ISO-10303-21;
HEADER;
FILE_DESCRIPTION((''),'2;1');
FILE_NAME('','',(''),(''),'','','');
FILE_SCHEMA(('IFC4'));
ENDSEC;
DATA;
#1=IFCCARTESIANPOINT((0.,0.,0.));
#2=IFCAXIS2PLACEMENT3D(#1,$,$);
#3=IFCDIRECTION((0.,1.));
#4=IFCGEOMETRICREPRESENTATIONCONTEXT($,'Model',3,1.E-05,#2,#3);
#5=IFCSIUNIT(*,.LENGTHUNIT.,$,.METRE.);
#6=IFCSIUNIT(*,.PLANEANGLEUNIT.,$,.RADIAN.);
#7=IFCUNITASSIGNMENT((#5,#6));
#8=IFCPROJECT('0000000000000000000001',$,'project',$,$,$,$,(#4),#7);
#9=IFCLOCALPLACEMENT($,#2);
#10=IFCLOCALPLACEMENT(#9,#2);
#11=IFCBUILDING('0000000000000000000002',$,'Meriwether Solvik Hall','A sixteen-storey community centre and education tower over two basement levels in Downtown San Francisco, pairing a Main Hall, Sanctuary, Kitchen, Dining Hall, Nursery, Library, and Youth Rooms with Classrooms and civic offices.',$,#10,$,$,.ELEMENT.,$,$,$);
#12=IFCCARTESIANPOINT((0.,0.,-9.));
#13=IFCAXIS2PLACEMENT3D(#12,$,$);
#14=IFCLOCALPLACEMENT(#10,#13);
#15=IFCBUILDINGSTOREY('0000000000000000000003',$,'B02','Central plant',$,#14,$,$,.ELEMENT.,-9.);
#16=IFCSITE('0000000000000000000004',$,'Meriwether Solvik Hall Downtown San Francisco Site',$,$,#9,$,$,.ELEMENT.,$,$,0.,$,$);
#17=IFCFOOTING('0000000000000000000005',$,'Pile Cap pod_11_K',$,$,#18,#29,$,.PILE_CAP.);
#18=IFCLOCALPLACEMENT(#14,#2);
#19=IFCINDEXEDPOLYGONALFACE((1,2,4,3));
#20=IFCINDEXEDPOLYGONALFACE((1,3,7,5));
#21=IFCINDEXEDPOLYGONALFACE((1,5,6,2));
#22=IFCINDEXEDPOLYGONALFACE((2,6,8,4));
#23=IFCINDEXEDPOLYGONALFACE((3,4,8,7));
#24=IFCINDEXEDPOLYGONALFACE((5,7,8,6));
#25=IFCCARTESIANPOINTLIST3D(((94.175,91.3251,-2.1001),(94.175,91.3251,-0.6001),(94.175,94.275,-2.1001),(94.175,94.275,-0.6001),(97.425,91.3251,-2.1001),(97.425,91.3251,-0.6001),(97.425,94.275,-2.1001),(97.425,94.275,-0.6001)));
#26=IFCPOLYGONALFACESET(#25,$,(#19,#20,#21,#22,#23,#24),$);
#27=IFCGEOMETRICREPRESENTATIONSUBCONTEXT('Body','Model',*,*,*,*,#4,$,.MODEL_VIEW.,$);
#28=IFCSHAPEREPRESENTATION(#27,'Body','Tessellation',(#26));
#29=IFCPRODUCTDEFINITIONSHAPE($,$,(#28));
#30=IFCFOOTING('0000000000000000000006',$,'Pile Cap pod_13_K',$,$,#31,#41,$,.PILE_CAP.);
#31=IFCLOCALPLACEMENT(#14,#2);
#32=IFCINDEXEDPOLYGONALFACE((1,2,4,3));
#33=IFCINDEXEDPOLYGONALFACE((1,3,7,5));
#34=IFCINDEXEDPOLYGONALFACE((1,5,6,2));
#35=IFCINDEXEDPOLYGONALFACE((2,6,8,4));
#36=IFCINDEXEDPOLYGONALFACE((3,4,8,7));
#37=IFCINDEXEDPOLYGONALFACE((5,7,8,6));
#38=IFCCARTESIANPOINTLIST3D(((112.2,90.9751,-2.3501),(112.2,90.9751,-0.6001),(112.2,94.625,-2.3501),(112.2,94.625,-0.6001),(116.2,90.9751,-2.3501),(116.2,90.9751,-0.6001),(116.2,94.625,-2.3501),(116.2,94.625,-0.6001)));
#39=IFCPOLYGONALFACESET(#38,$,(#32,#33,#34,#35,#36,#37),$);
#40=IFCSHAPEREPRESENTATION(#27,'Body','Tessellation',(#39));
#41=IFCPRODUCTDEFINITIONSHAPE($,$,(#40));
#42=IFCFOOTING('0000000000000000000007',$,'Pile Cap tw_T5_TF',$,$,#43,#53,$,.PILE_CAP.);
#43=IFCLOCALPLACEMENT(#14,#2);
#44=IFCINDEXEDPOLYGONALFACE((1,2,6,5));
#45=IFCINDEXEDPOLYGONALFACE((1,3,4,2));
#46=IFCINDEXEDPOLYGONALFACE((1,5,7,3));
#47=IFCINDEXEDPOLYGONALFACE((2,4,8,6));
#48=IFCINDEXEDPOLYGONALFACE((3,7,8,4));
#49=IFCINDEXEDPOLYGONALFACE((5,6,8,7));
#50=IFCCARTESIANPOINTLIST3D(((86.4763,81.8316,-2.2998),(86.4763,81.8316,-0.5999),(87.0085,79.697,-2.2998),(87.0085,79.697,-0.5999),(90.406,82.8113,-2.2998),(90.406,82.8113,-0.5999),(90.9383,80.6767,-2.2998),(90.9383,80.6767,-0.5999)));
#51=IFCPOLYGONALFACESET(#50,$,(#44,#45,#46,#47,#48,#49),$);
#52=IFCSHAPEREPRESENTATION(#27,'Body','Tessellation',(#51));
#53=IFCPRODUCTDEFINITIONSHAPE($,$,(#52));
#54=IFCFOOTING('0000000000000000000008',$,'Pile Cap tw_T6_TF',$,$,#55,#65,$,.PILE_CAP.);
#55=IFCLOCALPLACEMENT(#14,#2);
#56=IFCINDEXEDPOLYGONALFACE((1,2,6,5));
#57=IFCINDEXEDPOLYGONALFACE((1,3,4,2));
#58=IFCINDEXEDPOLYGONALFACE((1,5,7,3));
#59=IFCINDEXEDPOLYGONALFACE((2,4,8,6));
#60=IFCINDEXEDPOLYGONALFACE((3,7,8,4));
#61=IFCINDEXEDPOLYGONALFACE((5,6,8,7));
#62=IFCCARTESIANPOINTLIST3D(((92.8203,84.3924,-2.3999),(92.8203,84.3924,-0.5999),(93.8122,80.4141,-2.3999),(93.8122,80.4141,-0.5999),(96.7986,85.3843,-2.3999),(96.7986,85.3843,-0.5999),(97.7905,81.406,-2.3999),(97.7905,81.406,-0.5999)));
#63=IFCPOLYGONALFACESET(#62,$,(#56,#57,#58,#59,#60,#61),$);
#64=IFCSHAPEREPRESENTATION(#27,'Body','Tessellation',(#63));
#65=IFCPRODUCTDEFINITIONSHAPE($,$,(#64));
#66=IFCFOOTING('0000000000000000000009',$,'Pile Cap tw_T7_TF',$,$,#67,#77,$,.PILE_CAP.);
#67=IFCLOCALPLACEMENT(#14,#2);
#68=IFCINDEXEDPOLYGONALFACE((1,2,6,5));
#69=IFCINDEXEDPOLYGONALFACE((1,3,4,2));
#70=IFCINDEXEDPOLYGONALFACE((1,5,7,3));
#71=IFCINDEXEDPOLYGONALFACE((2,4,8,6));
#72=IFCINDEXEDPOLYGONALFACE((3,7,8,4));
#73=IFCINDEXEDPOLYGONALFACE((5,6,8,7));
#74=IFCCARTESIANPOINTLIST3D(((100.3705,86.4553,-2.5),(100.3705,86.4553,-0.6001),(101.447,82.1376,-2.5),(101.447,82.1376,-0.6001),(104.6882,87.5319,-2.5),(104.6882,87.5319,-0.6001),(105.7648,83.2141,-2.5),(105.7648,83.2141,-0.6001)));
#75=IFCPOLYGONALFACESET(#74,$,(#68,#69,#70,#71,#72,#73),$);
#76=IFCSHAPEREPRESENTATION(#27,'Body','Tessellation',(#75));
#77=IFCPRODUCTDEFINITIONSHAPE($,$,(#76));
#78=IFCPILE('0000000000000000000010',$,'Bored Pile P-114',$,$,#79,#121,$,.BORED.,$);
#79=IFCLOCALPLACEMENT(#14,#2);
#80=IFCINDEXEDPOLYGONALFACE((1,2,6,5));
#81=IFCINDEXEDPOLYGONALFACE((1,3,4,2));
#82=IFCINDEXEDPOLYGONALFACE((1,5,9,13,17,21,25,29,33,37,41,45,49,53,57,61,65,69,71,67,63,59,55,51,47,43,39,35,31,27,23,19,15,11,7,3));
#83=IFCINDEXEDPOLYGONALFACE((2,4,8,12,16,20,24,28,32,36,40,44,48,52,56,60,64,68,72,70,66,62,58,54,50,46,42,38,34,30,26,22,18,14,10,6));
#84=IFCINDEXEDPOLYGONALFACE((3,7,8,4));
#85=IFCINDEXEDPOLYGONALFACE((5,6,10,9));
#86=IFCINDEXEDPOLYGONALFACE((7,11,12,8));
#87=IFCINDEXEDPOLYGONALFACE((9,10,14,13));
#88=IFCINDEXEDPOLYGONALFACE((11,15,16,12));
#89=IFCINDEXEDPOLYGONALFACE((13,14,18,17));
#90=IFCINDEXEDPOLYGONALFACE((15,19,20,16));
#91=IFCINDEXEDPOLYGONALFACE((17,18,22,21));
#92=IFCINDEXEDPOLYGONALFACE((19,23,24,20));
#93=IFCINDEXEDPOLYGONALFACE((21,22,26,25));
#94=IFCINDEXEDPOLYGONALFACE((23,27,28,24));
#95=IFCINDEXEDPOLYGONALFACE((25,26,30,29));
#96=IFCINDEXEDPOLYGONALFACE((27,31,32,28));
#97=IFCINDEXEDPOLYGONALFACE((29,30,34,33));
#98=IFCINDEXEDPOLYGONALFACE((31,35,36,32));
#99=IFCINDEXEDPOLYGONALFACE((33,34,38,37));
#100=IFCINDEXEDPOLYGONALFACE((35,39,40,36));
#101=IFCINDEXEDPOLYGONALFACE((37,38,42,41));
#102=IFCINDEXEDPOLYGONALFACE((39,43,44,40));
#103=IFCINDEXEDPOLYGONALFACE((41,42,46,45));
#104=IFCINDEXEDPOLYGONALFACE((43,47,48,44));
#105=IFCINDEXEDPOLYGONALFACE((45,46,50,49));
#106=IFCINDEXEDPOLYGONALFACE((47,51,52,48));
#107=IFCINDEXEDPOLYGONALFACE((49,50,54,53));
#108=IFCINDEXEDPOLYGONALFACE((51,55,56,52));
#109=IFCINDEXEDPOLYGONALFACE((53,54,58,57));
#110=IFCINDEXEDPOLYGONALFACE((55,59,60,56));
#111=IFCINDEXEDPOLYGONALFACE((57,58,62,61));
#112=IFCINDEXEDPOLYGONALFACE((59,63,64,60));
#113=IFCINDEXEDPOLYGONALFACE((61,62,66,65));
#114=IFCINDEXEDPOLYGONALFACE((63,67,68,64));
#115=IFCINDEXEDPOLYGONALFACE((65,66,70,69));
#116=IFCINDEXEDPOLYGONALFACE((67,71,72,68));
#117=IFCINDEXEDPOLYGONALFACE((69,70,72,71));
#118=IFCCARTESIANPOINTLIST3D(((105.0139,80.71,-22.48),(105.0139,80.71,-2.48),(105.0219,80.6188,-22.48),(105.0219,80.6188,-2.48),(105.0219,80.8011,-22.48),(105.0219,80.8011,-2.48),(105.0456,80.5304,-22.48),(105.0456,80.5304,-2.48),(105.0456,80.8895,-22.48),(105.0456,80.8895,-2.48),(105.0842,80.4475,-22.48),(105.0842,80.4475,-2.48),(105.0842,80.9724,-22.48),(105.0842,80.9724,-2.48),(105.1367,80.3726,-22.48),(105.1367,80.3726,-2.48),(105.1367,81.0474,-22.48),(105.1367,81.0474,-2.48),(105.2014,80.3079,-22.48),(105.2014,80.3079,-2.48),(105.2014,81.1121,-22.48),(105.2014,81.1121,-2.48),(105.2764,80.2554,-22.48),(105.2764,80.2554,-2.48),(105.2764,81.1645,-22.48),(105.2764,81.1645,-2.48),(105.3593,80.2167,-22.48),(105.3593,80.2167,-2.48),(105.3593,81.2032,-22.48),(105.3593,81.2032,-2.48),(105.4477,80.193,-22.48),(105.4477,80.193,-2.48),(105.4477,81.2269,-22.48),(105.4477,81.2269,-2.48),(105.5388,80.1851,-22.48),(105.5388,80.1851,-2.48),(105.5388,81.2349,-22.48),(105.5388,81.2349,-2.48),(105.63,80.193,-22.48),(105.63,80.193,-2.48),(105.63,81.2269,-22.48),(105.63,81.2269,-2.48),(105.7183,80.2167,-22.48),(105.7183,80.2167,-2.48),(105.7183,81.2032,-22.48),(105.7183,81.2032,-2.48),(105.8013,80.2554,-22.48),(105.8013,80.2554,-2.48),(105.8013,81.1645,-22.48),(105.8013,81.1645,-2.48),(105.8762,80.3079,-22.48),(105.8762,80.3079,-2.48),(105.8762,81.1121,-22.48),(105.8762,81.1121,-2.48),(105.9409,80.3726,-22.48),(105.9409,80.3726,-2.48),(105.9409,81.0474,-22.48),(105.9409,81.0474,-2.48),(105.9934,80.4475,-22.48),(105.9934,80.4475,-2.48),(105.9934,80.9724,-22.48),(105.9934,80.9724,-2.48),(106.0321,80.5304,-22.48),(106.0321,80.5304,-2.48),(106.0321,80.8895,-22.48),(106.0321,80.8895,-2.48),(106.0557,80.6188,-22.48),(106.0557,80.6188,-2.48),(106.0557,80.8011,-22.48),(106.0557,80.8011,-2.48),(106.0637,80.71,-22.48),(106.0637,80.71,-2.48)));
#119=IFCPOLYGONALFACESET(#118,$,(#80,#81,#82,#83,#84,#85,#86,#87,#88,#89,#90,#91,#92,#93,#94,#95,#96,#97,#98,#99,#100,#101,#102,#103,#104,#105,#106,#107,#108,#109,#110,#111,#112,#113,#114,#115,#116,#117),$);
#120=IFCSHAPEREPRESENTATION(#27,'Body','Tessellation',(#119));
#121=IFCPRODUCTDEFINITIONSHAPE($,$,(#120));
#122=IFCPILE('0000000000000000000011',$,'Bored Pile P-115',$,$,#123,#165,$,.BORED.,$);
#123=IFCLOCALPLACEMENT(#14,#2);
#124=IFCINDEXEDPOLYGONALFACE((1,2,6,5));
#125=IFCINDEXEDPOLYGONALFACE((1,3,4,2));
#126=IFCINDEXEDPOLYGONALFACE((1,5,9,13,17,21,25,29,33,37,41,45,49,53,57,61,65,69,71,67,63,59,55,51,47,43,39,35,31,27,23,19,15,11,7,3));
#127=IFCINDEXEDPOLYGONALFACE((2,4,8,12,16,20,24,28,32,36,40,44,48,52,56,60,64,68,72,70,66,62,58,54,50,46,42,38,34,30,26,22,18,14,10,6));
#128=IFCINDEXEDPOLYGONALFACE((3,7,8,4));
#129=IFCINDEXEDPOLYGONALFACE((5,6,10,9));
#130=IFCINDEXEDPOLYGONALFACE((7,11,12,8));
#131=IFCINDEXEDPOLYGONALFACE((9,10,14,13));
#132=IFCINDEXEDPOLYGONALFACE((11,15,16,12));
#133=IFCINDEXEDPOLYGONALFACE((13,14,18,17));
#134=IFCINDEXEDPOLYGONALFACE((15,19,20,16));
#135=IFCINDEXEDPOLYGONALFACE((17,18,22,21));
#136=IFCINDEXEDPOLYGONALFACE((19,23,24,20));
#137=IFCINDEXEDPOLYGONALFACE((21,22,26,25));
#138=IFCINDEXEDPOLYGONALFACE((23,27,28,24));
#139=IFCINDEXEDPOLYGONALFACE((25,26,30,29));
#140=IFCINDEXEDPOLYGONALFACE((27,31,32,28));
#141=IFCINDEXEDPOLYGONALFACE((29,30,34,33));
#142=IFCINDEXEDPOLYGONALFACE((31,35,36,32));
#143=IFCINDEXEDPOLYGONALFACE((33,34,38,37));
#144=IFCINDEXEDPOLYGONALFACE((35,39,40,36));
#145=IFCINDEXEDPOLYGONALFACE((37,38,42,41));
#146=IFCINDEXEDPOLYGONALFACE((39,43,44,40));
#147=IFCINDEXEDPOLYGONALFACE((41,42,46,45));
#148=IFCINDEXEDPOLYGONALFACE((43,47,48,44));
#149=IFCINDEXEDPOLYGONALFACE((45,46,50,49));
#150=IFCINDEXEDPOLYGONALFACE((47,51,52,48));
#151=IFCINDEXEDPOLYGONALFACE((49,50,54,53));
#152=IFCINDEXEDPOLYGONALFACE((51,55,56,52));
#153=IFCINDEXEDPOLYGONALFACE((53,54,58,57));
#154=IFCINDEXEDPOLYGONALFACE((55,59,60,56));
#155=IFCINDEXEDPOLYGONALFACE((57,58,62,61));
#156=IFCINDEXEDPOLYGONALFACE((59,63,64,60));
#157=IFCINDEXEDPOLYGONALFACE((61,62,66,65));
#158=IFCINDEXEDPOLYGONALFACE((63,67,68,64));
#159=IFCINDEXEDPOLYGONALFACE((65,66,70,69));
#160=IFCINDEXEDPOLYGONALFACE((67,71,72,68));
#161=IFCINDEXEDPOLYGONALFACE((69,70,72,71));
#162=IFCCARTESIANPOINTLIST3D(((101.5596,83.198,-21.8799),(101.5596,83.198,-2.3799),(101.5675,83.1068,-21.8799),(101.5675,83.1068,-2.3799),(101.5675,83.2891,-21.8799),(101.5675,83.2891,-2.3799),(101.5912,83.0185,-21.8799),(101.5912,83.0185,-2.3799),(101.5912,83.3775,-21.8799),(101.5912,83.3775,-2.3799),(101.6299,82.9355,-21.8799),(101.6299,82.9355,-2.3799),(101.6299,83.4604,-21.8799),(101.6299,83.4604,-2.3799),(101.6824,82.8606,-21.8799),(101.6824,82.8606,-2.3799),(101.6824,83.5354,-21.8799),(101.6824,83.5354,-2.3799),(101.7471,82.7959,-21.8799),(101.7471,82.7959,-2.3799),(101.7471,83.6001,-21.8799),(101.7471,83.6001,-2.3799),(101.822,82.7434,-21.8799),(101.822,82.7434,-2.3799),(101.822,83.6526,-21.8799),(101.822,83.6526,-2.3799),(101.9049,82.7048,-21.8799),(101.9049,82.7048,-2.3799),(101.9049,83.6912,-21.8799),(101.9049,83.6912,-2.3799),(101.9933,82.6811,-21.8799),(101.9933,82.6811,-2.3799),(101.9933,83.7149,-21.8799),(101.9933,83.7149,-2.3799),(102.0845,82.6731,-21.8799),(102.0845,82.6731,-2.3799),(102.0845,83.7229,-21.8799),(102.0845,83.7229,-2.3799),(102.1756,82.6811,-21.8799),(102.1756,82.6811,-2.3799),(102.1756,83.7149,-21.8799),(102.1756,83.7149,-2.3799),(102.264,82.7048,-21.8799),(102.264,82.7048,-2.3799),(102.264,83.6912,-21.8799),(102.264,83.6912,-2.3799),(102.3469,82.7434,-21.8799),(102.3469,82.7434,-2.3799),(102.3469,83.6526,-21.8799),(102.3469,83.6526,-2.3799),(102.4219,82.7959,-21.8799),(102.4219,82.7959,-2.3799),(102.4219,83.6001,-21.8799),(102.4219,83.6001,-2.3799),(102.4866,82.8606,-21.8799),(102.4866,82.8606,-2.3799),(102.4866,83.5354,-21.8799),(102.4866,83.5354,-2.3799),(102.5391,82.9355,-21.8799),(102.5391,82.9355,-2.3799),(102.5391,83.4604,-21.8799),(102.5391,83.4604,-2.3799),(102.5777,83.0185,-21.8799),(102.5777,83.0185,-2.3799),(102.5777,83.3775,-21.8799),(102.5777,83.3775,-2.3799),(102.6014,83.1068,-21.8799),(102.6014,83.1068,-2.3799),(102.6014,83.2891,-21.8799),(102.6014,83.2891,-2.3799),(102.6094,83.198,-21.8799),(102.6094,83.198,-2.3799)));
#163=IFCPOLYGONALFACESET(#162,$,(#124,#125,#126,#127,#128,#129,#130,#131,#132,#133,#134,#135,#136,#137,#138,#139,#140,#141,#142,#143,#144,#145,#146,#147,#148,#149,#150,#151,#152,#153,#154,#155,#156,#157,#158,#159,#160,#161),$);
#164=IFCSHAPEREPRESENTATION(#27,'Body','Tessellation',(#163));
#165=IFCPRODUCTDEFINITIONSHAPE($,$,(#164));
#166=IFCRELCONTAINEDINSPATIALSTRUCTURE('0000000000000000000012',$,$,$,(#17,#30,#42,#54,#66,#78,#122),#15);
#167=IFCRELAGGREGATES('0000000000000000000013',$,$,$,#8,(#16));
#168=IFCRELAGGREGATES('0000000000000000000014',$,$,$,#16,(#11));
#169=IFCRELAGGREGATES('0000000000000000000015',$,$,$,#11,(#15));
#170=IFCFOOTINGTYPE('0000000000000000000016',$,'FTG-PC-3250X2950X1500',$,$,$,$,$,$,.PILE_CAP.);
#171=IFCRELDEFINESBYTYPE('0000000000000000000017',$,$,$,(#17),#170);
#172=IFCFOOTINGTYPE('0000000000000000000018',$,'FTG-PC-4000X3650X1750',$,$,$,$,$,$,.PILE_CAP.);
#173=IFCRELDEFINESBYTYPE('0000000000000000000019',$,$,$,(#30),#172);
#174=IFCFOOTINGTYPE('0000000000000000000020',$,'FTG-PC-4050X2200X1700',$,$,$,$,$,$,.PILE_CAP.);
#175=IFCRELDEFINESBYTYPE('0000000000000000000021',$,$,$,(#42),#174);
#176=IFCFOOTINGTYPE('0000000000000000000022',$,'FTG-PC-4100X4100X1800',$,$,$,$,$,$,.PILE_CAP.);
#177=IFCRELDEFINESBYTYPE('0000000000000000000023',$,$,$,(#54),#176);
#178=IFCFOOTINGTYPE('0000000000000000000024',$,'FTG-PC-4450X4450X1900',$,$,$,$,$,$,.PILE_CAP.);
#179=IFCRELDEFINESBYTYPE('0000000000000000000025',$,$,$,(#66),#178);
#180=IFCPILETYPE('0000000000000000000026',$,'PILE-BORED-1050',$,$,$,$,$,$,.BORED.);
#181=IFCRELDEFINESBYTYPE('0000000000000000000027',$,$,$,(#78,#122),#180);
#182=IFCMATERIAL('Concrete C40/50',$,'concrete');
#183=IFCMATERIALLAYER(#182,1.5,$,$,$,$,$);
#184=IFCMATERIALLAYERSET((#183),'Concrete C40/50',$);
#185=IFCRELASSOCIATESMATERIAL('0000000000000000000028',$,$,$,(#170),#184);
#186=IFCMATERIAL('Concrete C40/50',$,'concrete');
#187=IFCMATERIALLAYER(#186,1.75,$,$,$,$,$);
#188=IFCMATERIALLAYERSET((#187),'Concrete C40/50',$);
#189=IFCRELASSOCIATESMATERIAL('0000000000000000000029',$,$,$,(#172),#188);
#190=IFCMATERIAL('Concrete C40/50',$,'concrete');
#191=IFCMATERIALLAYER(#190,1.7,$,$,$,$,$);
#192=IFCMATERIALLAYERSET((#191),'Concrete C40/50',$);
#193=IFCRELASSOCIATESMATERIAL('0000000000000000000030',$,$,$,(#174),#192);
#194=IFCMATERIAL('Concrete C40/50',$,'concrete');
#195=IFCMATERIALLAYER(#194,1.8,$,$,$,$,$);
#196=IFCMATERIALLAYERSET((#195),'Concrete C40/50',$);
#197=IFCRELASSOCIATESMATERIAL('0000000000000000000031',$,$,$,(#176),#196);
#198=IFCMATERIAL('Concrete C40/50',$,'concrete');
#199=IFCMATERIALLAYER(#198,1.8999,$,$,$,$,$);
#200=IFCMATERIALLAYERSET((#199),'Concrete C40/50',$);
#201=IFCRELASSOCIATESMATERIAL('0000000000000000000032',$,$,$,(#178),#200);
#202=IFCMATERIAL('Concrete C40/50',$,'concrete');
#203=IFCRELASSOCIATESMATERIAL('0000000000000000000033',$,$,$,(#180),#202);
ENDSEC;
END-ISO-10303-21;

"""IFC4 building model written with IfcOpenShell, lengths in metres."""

from ifc_helpers import new_model, si_unit, direction, frame, origin, origin_2d, place, context, subcontext, project, spatial, rectangle, circle, extrude, material, layer, layer_set, material_profile, profile_set, type_object, element, save


model = new_model("IFC4")

# Units and contexts
model_context = context("Model", 3, precision=1e-05, world=origin(), true_north=direction((0.0, 1.0)))
body_context = subcontext(model_context, "Body", "Model", "MODEL_VIEW")
ifc_project = project(units=[si_unit("LENGTHUNIT", "METRE"), si_unit("PLANEANGLEUNIT", "RADIAN")], contexts=[model_context])

# Site, building, storey
site_placement = place(None, origin())
site = spatial("IfcSite", under=ifc_project, at=site_placement, Name="Meriwether Solvik Hall Downtown San Francisco Site", CompositionType="ELEMENT", RefElevation=0.0)
building_placement = place(site_placement, origin())
building = spatial("IfcBuilding", under=site, at=building_placement, Name="Meriwether Solvik Hall", Description="A sixteen-storey community centre and education tower over two basement levels in Downtown San Francisco, pairing a Main Hall, Sanctuary, Kitchen, Dining Hall, Nursery, Library, and Youth Rooms with Classrooms and civic offices.", CompositionType="ELEMENT")
storey_placement = place(building_placement, frame((0.0, 0.0, -9.0)))
storey = spatial("IfcBuildingStorey", under=building, at=storey_placement, Name="B02", Description="Central plant", CompositionType="ELEMENT", Elevation=-9.0)

# Footings
ifc_material_1 = material(Name="Concrete C40/50", Category="concrete")
ifc_layer_1 = layer(ifc_material_1, 1.5)
ifc_layer_set_1 = layer_set([ifc_layer_1], Name="Concrete C40/50")
footing_type_1 = type_object("IfcFootingType", Name="FTG-PC-3250X2950X1500", PredefinedType="PILE_CAP", material=ifc_layer_set_1)
footing_1_placement = place(storey_placement, frame((95.8, 92.8, -2.1001), z_axis=(0.0, 0.0, 1.0), x_axis=(1.0, 0.0, 0.0)))
element("IfcFooting", 1, at=footing_1_placement, inside=storey, type_object=footing_type_1, Name="Pile Cap pod_11_K", PredefinedType="PILE_CAP", context=body_context, shape_type="SweptSolid", body=[
    extrude(rectangle(XDim=3.25, YDim=2.95, at=origin_2d()), origin(), (0.0, 0.0, 1.0), 1.5),
])
ifc_material_2 = material(Name="Concrete C40/50", Category="concrete")
ifc_layer_2 = layer(ifc_material_2, 1.75)
ifc_layer_set_2 = layer_set([ifc_layer_2], Name="Concrete C40/50")
footing_type_2 = type_object("IfcFootingType", Name="FTG-PC-4000X3650X1750", PredefinedType="PILE_CAP", material=ifc_layer_set_2)
footing_2_placement = place(storey_placement, frame((114.2, 92.8, -2.3501), z_axis=(0.0, 0.0, 1.0), x_axis=(1.0, 0.0, 0.0)))
element("IfcFooting", 2, at=footing_2_placement, inside=storey, type_object=footing_type_2, Name="Pile Cap pod_13_K", PredefinedType="PILE_CAP", context=body_context, shape_type="SweptSolid", body=[
    extrude(rectangle(XDim=4.0, YDim=3.6499, at=origin_2d()), origin(), (0.0, 0.0, 1.0), 1.75),
])
ifc_material_3 = material(Name="Concrete C40/50", Category="concrete")
ifc_layer_3 = layer(ifc_material_3, 1.7)
ifc_layer_set_3 = layer_set([ifc_layer_3], Name="Concrete C40/50")
footing_type_3 = type_object("IfcFootingType", Name="FTG-PC-4050X2200X1700", PredefinedType="PILE_CAP", material=ifc_layer_set_3)
footing_3_placement = place(storey_placement, frame((88.7073, 81.2542, -2.2998), z_axis=(0.0, 0.0, 1.0), x_axis=(0.970296, 0.241922, 0.0)))
element("IfcFooting", 3, at=footing_3_placement, inside=storey, type_object=footing_type_3, Name="Pile Cap tw_T5_TF", PredefinedType="PILE_CAP", context=body_context, shape_type="SweptSolid", body=[
    extrude(rectangle(XDim=4.05, YDim=2.2, at=origin_2d()), origin(), (0.0, 0.0, 1.0), 1.7),
])
ifc_material_4 = material(Name="Concrete C40/50", Category="concrete")
ifc_layer_4 = layer(ifc_material_4, 1.8)
ifc_layer_set_4 = layer_set([ifc_layer_4], Name="Concrete C40/50")
footing_type_4 = type_object("IfcFootingType", Name="FTG-PC-4100X4100X1800", PredefinedType="PILE_CAP", material=ifc_layer_set_4)
footing_4_placement = place(storey_placement, frame((95.3054, 82.8992, -2.3999), z_axis=(0.0, 0.0, 1.0), x_axis=(0.970296, 0.241922, 0.0)))
element("IfcFooting", 4, at=footing_4_placement, inside=storey, type_object=footing_type_4, Name="Pile Cap tw_T6_TF", PredefinedType="PILE_CAP", context=body_context, shape_type="SweptSolid", body=[
    extrude(rectangle(XDim=4.1001, YDim=4.1001, at=origin_2d()), origin(), (0.0, 0.0, 1.0), 1.8),
])
ifc_material_5 = material(Name="Concrete C40/50", Category="concrete")
ifc_layer_5 = layer(ifc_material_5, 1.8999)
ifc_layer_set_5 = layer_set([ifc_layer_5], Name="Concrete C40/50")
footing_type_5 = type_object("IfcFootingType", Name="FTG-PC-4450X4450X1900", PredefinedType="PILE_CAP", material=ifc_layer_set_5)
footing_5_placement = place(storey_placement, frame((103.0676, 84.8347, -2.5), z_axis=(0.0, 0.0, 1.0), x_axis=(0.970296, 0.241922, 0.0)))
element("IfcFooting", 5, at=footing_5_placement, inside=storey, type_object=footing_type_5, Name="Pile Cap tw_T7_TF", PredefinedType="PILE_CAP", context=body_context, shape_type="SweptSolid", body=[
    extrude(rectangle(XDim=4.45, YDim=4.45, at=origin_2d()), origin(), (0.0, 0.0, 1.0), 1.8999),
])

# Piles
ifc_material_6 = material(Name="Concrete C40/50", Category="concrete")
ifc_material_profile_1 = material_profile(ifc_material_6, circle(Radius=0.5249, at=origin_2d()), Name="PILE-D1050")
ifc_profile_set_1 = profile_set([ifc_material_profile_1], Name="Concrete C40/50")
pile_type_1 = type_object("IfcPileType", Name="PILE-BORED-1050", PredefinedType="BORED", material=ifc_profile_set_1)
pile_placement = place(storey_placement, frame((105.5388, 80.71, -2.48), z_axis=(0.0, 0.0, -1.0), x_axis=(1.0, 0.0, 0.0)))
element("IfcPile", 6, at=pile_placement, inside=storey, type_object=pile_type_1, Name="Bored Pile P-114", PredefinedType="BORED", context=body_context, shape_type="SweptSolid", body=[
    extrude(circle(Radius=0.5249, at=origin_2d()), origin(), (0.0, 0.0, 1.0), 20.0),
])
for number, where, z_axis, x_axis, name in (
    (7, (102.0845, 83.198, -2.3799), (0.0, 0.0, -1.0), (1.0, 0.0, 0.0), "Bored Pile P-115"),
):
    element("IfcPile", number, at=place(storey_placement, frame(where, z_axis=z_axis, x_axis=x_axis)), inside=storey, type_object=pile_type_1, Name=name, PredefinedType="BORED", context=body_context, shape_type="SweptSolid", body=[
        extrude(circle(Radius=0.5249, at=origin_2d()), origin(), (0.0, 0.0, 1.0), 19.5),
    ])

save(model, "model.ifc")
